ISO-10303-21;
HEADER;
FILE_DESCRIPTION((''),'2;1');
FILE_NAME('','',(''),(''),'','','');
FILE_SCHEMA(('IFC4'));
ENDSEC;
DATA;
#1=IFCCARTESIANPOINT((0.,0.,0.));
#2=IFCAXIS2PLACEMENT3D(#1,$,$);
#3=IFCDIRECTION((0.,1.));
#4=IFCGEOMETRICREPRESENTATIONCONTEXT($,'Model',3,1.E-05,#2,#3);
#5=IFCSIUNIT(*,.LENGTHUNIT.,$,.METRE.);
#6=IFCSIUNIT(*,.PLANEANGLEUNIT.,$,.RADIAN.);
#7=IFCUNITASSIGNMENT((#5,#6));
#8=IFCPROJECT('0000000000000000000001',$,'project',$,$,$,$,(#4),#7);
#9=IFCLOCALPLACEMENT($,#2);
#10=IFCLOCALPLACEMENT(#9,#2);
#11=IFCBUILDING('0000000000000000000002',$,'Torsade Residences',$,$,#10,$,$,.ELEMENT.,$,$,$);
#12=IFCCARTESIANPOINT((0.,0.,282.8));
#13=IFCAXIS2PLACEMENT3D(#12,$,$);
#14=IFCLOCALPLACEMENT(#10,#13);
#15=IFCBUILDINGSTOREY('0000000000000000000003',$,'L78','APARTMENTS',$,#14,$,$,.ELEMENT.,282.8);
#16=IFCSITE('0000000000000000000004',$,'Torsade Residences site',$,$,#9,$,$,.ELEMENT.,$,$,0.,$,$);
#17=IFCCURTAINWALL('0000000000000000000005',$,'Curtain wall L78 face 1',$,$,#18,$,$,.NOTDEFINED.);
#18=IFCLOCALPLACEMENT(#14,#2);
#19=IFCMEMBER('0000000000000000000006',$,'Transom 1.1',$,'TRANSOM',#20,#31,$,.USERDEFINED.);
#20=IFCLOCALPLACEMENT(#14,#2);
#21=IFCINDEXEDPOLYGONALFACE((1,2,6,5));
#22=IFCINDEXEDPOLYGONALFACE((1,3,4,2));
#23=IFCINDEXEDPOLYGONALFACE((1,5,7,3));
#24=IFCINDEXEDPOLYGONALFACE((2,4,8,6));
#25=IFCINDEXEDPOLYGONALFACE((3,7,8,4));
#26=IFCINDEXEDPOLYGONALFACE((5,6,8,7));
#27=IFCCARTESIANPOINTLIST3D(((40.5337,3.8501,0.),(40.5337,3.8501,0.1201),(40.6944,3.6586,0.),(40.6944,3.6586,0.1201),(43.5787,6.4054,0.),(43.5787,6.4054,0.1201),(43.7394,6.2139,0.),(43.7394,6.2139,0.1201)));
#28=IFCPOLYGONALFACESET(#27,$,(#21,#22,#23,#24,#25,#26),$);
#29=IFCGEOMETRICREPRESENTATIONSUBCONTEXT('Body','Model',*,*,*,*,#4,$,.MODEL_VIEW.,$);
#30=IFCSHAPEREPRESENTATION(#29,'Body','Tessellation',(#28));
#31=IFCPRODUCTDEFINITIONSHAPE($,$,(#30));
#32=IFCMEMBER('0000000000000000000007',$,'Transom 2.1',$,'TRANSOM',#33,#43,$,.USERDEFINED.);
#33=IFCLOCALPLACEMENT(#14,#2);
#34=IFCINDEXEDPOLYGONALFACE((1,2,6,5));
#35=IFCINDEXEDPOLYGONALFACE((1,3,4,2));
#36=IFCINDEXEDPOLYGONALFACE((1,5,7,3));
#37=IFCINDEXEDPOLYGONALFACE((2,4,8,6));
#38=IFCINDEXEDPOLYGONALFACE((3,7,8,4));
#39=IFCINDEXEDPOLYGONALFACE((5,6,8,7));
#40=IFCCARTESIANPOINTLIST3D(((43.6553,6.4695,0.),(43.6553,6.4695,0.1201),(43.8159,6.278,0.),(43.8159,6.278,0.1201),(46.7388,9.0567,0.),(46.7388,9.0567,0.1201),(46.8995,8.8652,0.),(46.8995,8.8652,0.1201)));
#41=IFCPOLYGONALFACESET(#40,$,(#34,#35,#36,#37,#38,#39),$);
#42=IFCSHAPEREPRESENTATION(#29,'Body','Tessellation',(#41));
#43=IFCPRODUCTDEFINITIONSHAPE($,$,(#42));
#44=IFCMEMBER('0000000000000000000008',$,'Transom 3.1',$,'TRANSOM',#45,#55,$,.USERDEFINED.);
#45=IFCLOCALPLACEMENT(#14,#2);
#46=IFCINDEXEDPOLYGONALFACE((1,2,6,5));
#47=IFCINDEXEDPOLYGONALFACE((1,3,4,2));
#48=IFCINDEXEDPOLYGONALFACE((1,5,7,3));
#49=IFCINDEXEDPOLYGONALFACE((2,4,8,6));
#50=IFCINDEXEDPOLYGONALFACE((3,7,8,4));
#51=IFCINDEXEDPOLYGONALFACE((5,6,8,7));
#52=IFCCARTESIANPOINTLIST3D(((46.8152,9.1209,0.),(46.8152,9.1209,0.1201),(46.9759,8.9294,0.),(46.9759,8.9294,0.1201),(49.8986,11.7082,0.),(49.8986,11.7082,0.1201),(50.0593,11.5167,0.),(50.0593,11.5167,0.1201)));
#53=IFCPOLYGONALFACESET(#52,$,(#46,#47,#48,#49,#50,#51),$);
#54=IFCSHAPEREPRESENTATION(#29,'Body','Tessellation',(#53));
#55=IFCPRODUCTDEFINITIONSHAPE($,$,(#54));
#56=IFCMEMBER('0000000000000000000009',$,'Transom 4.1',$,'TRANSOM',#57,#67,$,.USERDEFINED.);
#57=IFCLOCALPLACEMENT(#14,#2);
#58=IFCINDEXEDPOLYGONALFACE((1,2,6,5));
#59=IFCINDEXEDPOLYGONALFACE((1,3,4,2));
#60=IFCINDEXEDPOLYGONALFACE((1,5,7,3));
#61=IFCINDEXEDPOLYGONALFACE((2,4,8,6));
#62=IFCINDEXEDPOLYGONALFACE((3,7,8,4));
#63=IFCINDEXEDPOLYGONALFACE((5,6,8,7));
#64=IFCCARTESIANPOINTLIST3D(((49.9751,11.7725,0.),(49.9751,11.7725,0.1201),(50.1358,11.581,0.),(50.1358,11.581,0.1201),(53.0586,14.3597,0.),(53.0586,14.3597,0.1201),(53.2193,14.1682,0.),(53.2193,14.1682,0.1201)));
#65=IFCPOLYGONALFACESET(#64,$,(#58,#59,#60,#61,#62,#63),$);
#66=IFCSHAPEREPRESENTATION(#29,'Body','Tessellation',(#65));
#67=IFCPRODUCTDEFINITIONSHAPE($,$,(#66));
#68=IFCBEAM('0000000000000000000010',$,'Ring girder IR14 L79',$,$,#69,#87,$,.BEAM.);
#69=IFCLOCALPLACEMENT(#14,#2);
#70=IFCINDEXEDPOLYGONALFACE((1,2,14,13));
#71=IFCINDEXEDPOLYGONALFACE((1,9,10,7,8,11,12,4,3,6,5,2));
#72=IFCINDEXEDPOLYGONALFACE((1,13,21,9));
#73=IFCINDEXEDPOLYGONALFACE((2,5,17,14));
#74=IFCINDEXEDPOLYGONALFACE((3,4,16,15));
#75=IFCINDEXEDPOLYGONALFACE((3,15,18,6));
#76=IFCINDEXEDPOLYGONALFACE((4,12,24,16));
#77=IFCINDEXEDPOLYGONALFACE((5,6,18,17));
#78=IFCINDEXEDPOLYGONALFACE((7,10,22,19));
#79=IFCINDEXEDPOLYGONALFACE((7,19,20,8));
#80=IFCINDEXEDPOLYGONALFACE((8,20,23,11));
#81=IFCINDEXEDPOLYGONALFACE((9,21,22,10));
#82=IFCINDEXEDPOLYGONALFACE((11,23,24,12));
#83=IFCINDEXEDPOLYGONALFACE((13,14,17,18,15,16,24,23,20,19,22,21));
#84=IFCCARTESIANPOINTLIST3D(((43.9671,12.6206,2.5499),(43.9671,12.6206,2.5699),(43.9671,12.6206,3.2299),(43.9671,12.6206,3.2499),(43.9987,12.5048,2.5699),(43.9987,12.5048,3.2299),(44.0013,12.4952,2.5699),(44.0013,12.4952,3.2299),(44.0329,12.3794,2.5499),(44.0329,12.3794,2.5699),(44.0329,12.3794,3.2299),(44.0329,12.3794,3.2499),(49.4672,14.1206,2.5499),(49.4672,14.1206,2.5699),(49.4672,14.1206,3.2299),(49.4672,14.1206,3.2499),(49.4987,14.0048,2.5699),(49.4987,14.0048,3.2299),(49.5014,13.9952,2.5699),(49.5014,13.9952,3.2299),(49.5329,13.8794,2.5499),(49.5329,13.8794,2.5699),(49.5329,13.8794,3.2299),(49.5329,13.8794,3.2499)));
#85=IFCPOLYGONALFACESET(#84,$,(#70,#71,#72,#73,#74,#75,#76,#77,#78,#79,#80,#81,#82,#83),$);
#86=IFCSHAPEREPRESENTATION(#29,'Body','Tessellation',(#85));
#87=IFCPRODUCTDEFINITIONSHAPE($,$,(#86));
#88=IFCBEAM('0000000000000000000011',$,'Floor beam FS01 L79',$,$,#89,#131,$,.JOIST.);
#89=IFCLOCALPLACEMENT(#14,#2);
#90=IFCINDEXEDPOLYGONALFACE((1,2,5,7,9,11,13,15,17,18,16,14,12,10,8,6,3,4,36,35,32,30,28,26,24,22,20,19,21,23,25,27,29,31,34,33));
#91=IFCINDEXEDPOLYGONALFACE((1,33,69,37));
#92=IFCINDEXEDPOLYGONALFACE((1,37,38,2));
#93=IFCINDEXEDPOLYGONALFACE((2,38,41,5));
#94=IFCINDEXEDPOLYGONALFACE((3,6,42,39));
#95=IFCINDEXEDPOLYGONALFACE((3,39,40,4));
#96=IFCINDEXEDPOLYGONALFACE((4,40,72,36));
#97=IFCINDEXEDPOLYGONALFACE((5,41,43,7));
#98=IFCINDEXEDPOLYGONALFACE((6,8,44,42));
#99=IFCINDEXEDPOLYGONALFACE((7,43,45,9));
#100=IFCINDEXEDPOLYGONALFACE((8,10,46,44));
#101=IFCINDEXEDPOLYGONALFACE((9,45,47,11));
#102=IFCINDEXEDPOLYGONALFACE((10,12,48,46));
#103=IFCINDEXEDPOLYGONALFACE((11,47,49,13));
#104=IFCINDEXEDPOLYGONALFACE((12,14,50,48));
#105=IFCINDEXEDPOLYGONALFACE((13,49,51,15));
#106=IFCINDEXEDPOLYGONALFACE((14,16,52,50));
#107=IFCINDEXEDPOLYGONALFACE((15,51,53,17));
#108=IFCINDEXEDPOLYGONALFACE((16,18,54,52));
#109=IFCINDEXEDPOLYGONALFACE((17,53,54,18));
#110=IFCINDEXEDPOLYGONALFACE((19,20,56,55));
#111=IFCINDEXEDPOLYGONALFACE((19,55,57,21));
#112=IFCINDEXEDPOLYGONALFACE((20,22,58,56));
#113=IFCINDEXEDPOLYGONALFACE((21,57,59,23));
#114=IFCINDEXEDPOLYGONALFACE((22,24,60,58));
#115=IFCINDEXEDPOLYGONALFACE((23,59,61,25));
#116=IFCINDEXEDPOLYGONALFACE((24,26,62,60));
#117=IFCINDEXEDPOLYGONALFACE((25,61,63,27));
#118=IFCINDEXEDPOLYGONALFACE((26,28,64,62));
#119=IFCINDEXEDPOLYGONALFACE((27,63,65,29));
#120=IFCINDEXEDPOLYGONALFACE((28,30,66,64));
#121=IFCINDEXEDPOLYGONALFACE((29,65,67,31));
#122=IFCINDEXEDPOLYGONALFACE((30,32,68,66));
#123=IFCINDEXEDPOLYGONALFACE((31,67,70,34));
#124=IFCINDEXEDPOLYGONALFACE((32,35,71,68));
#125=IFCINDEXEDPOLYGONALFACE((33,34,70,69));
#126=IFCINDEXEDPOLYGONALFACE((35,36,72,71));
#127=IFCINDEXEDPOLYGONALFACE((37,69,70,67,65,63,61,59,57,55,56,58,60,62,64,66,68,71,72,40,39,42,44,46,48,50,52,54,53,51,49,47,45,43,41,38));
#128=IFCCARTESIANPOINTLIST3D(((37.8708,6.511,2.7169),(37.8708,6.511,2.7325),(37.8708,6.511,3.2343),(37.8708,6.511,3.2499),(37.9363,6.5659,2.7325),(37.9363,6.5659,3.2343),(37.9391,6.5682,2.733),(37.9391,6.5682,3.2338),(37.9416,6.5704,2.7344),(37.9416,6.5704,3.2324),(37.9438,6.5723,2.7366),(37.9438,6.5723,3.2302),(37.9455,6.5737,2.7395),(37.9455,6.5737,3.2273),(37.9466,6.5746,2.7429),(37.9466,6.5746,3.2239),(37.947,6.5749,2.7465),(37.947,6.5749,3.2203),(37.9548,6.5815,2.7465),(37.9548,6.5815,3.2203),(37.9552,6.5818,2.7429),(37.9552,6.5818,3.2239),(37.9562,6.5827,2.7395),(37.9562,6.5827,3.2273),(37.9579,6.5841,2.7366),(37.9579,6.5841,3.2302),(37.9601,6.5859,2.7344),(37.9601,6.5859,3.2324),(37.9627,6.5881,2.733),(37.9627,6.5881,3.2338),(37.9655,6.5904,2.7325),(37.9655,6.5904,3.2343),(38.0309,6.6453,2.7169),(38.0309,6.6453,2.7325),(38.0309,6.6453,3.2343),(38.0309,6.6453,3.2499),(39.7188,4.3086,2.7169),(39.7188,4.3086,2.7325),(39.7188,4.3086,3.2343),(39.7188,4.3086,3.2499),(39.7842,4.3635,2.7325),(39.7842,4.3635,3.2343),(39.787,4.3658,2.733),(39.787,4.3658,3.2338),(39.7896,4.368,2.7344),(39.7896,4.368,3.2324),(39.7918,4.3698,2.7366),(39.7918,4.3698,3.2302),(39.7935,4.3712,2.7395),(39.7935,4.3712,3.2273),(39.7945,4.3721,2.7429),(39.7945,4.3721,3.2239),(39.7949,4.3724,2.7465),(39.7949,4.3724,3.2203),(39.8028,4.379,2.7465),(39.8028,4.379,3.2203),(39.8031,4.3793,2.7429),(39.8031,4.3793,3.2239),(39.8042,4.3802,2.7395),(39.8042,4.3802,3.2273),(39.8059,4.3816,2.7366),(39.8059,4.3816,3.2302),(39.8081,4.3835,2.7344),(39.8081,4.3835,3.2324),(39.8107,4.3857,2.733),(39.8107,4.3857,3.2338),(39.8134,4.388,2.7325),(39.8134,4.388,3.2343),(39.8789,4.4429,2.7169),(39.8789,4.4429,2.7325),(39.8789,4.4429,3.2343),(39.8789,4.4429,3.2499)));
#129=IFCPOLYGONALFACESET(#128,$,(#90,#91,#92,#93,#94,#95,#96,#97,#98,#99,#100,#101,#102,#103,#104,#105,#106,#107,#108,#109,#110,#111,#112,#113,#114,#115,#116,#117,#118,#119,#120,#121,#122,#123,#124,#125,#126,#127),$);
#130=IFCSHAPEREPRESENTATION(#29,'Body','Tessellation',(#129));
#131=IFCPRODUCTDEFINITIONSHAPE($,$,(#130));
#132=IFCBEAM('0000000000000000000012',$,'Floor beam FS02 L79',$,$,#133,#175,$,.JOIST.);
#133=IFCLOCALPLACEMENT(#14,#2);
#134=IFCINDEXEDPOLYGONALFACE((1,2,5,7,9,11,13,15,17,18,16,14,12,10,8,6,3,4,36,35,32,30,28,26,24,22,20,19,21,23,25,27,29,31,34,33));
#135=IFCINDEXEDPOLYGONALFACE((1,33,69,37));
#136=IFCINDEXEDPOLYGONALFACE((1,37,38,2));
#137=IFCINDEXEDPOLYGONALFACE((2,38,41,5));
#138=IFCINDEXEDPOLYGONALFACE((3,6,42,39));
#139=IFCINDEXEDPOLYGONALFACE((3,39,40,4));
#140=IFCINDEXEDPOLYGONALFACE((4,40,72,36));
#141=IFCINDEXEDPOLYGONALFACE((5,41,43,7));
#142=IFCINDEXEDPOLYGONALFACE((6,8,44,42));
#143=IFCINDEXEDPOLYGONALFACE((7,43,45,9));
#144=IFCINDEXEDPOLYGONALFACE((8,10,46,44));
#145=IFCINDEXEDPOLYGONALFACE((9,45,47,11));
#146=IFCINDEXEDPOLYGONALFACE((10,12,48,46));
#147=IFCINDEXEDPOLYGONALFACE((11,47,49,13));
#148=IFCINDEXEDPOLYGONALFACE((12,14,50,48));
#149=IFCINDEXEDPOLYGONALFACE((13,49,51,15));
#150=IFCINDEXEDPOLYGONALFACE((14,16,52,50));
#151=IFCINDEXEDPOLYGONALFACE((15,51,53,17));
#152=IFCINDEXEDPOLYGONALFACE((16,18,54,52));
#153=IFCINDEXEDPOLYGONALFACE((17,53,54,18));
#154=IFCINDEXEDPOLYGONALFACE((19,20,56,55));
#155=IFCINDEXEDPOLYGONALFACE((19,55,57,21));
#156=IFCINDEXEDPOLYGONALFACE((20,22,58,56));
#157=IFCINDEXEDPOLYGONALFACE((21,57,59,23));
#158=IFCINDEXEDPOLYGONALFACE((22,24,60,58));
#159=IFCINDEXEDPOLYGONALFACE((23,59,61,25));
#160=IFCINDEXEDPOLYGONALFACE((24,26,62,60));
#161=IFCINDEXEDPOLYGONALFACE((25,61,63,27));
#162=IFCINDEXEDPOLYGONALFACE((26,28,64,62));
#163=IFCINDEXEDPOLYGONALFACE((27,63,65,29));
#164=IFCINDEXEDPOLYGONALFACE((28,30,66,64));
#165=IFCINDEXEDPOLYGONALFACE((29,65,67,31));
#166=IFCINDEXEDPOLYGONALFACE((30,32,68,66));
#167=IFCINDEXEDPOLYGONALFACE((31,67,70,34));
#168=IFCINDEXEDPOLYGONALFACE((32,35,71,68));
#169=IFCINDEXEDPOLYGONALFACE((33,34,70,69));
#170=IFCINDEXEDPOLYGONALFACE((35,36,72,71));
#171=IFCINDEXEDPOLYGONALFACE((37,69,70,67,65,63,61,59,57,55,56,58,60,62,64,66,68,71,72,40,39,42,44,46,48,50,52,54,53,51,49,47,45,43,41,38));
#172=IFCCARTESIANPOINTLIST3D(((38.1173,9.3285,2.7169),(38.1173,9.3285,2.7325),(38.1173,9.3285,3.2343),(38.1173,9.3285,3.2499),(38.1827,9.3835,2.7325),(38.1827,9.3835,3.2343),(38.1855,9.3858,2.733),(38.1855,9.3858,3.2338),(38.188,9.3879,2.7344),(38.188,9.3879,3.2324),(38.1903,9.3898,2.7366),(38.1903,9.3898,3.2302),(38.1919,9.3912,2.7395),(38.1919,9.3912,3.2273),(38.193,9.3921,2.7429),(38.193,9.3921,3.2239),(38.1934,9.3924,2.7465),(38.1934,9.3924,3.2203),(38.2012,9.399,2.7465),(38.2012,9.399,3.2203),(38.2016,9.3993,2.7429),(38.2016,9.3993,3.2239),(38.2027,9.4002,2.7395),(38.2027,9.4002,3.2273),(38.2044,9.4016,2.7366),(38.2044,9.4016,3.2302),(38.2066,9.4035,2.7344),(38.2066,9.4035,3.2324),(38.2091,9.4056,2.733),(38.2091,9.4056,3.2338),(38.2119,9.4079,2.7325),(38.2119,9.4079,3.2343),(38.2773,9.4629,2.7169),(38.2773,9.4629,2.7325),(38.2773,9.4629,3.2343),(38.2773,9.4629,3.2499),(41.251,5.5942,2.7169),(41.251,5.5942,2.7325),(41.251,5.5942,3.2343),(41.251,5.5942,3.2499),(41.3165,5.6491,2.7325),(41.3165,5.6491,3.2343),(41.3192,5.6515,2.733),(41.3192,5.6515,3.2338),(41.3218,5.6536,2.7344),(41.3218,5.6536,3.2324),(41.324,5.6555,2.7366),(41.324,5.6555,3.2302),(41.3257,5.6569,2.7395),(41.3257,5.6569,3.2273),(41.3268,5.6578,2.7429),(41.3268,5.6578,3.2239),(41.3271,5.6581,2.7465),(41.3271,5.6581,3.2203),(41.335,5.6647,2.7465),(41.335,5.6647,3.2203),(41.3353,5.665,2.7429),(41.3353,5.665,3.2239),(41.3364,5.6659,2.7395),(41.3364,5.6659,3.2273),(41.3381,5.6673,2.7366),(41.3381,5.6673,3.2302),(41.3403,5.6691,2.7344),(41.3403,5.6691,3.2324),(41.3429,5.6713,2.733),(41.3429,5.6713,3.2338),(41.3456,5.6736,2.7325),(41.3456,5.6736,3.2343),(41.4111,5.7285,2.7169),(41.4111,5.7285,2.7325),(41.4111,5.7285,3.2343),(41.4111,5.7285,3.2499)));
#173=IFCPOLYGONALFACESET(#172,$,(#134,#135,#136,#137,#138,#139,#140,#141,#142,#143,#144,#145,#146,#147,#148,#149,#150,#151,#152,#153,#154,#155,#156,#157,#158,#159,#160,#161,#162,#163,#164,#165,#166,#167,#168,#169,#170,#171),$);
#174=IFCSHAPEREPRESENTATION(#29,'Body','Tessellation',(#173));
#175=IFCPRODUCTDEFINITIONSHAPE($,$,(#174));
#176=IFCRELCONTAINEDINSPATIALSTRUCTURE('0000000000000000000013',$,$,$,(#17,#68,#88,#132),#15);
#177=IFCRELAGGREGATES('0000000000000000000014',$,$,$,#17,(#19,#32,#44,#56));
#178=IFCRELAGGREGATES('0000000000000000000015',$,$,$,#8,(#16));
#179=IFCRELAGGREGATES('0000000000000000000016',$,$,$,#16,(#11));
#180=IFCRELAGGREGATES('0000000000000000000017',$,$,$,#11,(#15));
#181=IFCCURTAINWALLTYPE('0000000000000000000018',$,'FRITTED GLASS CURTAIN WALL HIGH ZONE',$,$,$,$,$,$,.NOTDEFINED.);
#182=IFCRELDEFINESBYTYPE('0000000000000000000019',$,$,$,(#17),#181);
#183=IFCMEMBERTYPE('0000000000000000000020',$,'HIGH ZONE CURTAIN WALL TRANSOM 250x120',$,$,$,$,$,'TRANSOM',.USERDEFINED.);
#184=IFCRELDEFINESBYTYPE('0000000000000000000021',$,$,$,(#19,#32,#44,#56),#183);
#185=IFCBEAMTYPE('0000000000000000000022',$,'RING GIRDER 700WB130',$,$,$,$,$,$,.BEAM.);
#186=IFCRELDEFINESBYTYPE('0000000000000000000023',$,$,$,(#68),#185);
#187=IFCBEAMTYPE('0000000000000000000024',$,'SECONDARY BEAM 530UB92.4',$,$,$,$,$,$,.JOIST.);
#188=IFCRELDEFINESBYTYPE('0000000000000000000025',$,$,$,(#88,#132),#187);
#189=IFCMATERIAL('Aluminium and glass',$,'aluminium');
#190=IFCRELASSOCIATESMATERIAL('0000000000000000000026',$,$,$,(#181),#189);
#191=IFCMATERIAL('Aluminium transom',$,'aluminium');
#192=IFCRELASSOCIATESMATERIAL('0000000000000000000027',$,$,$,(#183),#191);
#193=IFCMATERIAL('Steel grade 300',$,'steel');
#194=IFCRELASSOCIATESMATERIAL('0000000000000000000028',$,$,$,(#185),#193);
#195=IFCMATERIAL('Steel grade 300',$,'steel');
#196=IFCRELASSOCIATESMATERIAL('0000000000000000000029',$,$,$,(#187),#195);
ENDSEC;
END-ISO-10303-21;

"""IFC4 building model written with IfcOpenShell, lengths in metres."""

from ifc_helpers import new_model, si_unit, direction, frame, origin, origin_2d, place, context, subcontext, project, spatial, rectangle, i_section, extrude, material, material_profile, profile_set, type_object, element, aggregate, save


model = new_model("IFC4")

# Units and contexts
model_context = context("Model", 3, precision=1e-05, world=origin(), true_north=direction((0.0, 1.0)))
body_context = subcontext(model_context, "Body", "Model", "MODEL_VIEW")
ifc_project = project(units=[si_unit("LENGTHUNIT", "METRE"), si_unit("PLANEANGLEUNIT", "RADIAN")], contexts=[model_context])

# Site, building, storey
site_placement = place(None, origin())
site = spatial("IfcSite", under=ifc_project, at=site_placement, Name="Torsade Residences site", CompositionType="ELEMENT", RefElevation=0.0)
building_placement = place(site_placement, origin())
building = spatial("IfcBuilding", under=site, at=building_placement, Name="Torsade Residences", CompositionType="ELEMENT")
storey_placement = place(building_placement, frame((0.0, 0.0, 282.8)))
storey = spatial("IfcBuildingStorey", under=building, at=storey_placement, Name="L78", Description="APARTMENTS", CompositionType="ELEMENT", Elevation=282.8)

# Curtain wall, members
ifc_material_1 = material(Name="Aluminium and glass", Category="aluminium")
curtain_wall_type = type_object("IfcCurtainWallType", Name="FRITTED GLASS CURTAIN WALL HIGH ZONE", PredefinedType="NOTDEFINED", material=ifc_material_1)
curtain_wall_placement = place(storey_placement, origin())
curtain_wall = element("IfcCurtainWall", 1, at=curtain_wall_placement, inside=storey, type_object=curtain_wall_type, Name="Curtain wall L78 face 1", PredefinedType="NOTDEFINED")
ifc_material_2 = material(Name="Aluminium transom", Category="aluminium")
ifc_material_profile_1 = material_profile(ifc_material_2, rectangle(XDim=0.25, YDim=0.1201, at=origin_2d()), Name="HIGH ZONE CURTAIN WALL TRANSOM 250x120")
ifc_profile_set_1 = profile_set([ifc_material_profile_1], Name="Aluminium transom")
member_type_1 = type_object("IfcMemberType", Name="HIGH ZONE CURTAIN WALL TRANSOM 250x120", ElementType="TRANSOM", PredefinedType="USERDEFINED", material=ifc_profile_set_1)
member_1_placement = place(storey_placement, frame((40.614, 3.7544, 0.0601), z_axis=(0.766022, 0.642815, 0.0), x_axis=(-0.642815, 0.766022, 0.0)))
member_1 = element("IfcMember", 2, at=member_1_placement, type_object=member_type_1, Name="Transom 1.1", ObjectType="TRANSOM", PredefinedType="USERDEFINED", context=body_context, shape_type="SweptSolid", body=[
    extrude(rectangle(XDim=0.25, YDim=0.1201, at=origin_2d()), origin(), (0.0, 0.0, 1.0), 3.9751),
])
member_2_placement = place(storey_placement, frame((43.7356, 6.3738, 0.0601), z_axis=(0.766069, 0.642758, 0.0), x_axis=(-0.642758, 0.766069, 0.0)))
member_2 = element("IfcMember", 3, at=member_2_placement, type_object=member_type_1, Name="Transom 2.1", ObjectType="TRANSOM", PredefinedType="USERDEFINED", context=body_context, shape_type="SweptSolid", body=[
    extrude(rectangle(XDim=0.25, YDim=0.1201, at=origin_2d()), origin(), (0.0, 0.0, 1.0), 4.0251),
])
member_3_placement = place(storey_placement, frame((46.8955, 9.0251, 0.0601), z_axis=(0.766039, 0.642794, 0.0), x_axis=(-0.642794, 0.766039, 0.0)))
member_3 = element("IfcMember", 4, at=member_3_placement, type_object=member_type_1, Name="Transom 3.1", ObjectType="TRANSOM", PredefinedType="USERDEFINED", context=body_context, shape_type="SweptSolid", body=[
    extrude(rectangle(XDim=0.25, YDim=0.1201, at=origin_2d()), origin(), (0.0, 0.0, 1.0), 4.0251),
])
member_4_placement = place(storey_placement, frame((50.0554, 11.6768, 0.0601), z_axis=(0.766069, 0.642758, 0.0), x_axis=(-0.642758, 0.766069, 0.0)))
member_4 = element("IfcMember", 5, at=member_4_placement, type_object=member_type_1, Name="Transom 4.1", ObjectType="TRANSOM", PredefinedType="USERDEFINED", context=body_context, shape_type="SweptSolid", body=[
    extrude(rectangle(XDim=0.25, YDim=0.1201, at=origin_2d()), origin(), (0.0, 0.0, 1.0), 4.0251),
])

# Beams
ifc_material_3 = material(Name="Steel grade 300", Category="steel")
ifc_material_profile_2 = material_profile(ifc_material_3, i_section(OverallWidth=0.25, OverallDepth=0.7, WebThickness=0.01, FlangeThickness=0.02, at=origin_2d()), Name="700WB130")
ifc_profile_set_2 = profile_set([ifc_material_profile_2], Name="Steel grade 300")
beam_type_1 = type_object("IfcBeamType", Name="RING GIRDER 700WB130", PredefinedType="BEAM", material=ifc_profile_set_2)
beam_1_placement = place(storey_placement, frame((44.0, 12.5, 2.8999), z_axis=(0.964764, 0.263117, 0.0), x_axis=(-0.263117, 0.964764, 0.0)))
element("IfcBeam", 6, at=beam_1_placement, inside=storey, type_object=beam_type_1, Name="Ring girder IR14 L79", PredefinedType="BEAM", context=body_context, shape_type="SweptSolid", body=[
    extrude(i_section(OverallWidth=0.25, OverallDepth=0.7, WebThickness=0.01, FlangeThickness=0.02, at=origin_2d()), origin(), (0.0, 0.0, 1.0), 5.7009),
])
ifc_material_4 = material(Name="Steel grade 300", Category="steel")
ifc_material_profile_3 = material_profile(ifc_material_4, i_section(OverallWidth=0.209, OverallDepth=0.533, WebThickness=0.0103, FlangeThickness=0.0156, FilletRadius=0.0139, at=origin_2d()), Name="530UB92.4")
ifc_profile_set_3 = profile_set([ifc_material_profile_3], Name="Steel grade 300")
beam_type_2 = type_object("IfcBeamType", Name="SECONDARY BEAM 530UB92.4", PredefinedType="JOIST", material=ifc_profile_set_3)
beam_2_placement = place(storey_placement, frame((39.7988, 4.3757, 2.9834), z_axis=(-0.642762, 0.766066, 0.0), x_axis=(-0.766066, -0.642762, 0.0)))
element("IfcBeam", 7, at=beam_2_placement, inside=storey, type_object=beam_type_2, Name="Floor beam FS01 L79", PredefinedType="JOIST", context=body_context, shape_type="SweptSolid", body=[
    extrude(i_section(OverallWidth=0.209, OverallDepth=0.533, WebThickness=0.0103, FlangeThickness=0.0156, FilletRadius=0.0139, at=origin_2d()), origin(), (0.0, 0.0, 1.0), 2.875),
])
beam_3_placement = place(storey_placement, frame((41.3311, 5.6614, 2.9834), z_axis=(-0.642821, 0.766017, 0.0), x_axis=(-0.766017, -0.642821, 0.0)))
element("IfcBeam", 8, at=beam_3_placement, inside=storey, type_object=beam_type_2, Name="Floor beam FS02 L79", PredefinedType="JOIST", context=body_context, shape_type="SweptSolid", body=[
    extrude(i_section(OverallWidth=0.209, OverallDepth=0.533, WebThickness=0.0103, FlangeThickness=0.0156, FilletRadius=0.0139, at=origin_2d()), origin(), (0.0, 0.0, 1.0), 4.875),
])

aggregate(curtain_wall, [member_1, member_2, member_3, member_4])

save(model, "model.ifc")
